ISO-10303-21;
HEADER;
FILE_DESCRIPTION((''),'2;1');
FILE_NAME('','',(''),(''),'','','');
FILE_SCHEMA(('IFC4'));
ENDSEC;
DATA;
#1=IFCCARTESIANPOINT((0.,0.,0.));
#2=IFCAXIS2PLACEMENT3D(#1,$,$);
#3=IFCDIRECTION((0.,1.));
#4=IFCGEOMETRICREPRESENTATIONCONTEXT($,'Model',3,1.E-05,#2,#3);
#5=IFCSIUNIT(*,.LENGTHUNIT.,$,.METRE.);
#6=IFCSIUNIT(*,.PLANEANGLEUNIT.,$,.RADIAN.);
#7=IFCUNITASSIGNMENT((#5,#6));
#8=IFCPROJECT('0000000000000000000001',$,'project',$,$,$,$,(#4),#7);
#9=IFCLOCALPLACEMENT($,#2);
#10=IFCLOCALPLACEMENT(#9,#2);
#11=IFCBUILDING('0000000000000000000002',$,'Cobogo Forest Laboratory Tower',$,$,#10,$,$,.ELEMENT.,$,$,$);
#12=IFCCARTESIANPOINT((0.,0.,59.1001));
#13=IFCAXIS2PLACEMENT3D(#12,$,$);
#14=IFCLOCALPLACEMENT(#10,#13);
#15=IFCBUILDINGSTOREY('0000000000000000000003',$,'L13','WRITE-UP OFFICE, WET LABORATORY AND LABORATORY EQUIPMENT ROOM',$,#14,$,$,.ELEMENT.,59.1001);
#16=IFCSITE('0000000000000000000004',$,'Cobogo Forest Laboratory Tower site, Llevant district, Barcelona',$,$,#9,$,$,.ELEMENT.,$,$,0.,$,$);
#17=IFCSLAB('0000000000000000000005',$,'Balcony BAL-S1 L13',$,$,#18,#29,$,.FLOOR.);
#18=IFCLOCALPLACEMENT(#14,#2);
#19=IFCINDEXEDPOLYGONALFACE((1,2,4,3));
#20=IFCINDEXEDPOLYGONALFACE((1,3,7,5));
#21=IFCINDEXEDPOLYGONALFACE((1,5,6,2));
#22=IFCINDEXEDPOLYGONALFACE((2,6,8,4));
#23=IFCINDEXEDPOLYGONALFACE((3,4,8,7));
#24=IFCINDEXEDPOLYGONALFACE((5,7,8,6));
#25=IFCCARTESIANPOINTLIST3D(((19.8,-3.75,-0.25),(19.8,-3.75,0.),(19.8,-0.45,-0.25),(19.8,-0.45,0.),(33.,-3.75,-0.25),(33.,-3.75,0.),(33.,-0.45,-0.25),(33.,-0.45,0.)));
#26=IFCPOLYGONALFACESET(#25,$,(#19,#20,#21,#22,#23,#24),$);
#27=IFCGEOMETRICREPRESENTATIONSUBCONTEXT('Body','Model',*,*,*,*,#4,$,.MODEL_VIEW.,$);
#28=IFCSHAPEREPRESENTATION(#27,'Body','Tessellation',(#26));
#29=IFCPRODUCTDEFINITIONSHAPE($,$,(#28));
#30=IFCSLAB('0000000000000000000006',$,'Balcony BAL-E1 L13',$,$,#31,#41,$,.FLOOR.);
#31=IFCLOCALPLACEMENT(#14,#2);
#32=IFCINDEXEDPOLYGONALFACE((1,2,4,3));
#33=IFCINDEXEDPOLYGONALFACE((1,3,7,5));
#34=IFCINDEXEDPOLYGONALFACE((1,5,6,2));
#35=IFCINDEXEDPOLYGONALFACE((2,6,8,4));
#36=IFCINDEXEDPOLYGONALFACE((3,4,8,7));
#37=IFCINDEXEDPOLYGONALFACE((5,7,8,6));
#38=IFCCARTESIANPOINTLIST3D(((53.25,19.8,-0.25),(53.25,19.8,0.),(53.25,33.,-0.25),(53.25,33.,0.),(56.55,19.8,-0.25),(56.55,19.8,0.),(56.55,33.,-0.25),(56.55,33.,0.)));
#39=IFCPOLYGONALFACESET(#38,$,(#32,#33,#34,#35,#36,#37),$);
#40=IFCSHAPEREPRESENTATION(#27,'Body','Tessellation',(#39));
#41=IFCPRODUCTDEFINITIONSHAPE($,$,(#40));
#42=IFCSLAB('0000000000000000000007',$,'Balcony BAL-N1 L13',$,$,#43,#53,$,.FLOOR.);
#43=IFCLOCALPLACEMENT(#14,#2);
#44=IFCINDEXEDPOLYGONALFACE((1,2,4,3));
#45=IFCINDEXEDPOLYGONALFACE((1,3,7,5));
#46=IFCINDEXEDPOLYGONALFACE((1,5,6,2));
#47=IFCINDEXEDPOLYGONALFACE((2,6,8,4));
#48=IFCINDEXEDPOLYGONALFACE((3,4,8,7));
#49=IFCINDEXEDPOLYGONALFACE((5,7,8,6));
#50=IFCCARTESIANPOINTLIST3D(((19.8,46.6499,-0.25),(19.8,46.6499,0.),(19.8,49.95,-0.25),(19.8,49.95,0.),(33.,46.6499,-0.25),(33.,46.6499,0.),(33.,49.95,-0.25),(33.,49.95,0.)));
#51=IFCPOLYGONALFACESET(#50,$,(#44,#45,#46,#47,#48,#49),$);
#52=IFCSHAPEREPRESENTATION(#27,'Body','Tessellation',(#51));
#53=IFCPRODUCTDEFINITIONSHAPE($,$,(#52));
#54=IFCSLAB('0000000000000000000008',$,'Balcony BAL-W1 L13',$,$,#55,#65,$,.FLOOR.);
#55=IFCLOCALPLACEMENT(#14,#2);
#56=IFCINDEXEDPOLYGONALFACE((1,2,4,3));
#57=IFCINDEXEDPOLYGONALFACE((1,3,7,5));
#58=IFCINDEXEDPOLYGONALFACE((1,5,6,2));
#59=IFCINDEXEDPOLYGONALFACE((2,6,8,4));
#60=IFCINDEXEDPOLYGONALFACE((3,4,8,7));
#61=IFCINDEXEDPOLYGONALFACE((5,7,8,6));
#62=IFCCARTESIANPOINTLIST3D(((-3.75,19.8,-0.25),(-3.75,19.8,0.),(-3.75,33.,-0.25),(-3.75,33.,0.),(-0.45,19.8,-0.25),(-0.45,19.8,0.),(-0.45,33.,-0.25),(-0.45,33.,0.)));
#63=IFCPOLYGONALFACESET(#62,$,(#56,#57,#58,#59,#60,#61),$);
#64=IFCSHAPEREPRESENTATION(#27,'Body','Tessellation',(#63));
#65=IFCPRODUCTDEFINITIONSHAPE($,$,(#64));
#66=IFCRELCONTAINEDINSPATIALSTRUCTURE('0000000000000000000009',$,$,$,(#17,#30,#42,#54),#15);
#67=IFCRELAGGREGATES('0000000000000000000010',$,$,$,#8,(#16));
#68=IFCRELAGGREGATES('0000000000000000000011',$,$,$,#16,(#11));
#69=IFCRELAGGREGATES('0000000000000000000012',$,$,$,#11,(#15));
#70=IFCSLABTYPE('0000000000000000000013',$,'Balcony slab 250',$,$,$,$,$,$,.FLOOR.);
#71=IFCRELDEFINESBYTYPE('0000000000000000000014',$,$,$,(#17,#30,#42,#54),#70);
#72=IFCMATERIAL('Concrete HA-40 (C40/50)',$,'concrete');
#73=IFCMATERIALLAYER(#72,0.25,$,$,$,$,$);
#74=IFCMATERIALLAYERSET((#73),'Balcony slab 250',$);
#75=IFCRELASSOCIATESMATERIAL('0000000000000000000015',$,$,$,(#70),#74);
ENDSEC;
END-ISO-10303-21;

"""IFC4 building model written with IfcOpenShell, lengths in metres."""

from ifc_helpers import new_model, si_unit, direction, frame, origin, place, context, subcontext, project, spatial, polyline, outline, extrude, material, layer, layer_set, type_object, element, save


model = new_model("IFC4")

# Units and contexts
model_context = context("Model", 3, precision=1e-05, world=origin(), true_north=direction((0.0, 1.0)))
body_context = subcontext(model_context, "Body", "Model", "MODEL_VIEW")
ifc_project = project(units=[si_unit("LENGTHUNIT", "METRE"), si_unit("PLANEANGLEUNIT", "RADIAN")], contexts=[model_context])

# Site, building, storey
site_placement = place(None, origin())
site = spatial("IfcSite", under=ifc_project, at=site_placement, Name="Cobogo Forest Laboratory Tower site, Llevant district, Barcelona", CompositionType="ELEMENT", RefElevation=0.0)
building_placement = place(site_placement, origin())
building = spatial("IfcBuilding", under=site, at=building_placement, Name="Cobogo Forest Laboratory Tower", CompositionType="ELEMENT")
storey_placement = place(building_placement, frame((0.0, 0.0, 59.1001)))
storey = spatial("IfcBuildingStorey", under=building, at=storey_placement, Name="L13", Description="WRITE-UP OFFICE, WET LABORATORY AND LABORATORY EQUIPMENT ROOM", CompositionType="ELEMENT", Elevation=59.1001)

# Slabs
ifc_material_1 = material(Name="Concrete HA-40 (C40/50)", Category="concrete")
ifc_layer_1 = layer(ifc_material_1, 0.25)
ifc_layer_set_1 = layer_set([ifc_layer_1], Name="Balcony slab 250")
slab_type_1 = type_object("IfcSlabType", Name="Balcony slab 250", PredefinedType="FLOOR", material=ifc_layer_set_1)
slab_1_placement = place(storey_placement, frame((0.0, 0.0, -0.25)))
element("IfcSlab", 1, at=slab_1_placement, inside=storey, type_object=slab_type_1, Name="Balcony BAL-S1 L13", PredefinedType="FLOOR", context=body_context, shape_type="SweptSolid", body=[
    extrude(outline(polyline([(19.8, -3.75), (33.0, -3.75), (33.0, -0.45), (19.8, -0.45), (19.8, -3.75)])), origin(), (0.0, 0.0, 1.0), 0.25),
])
slab_2_placement = place(storey_placement, frame((0.0, 0.0, -0.25)))
element("IfcSlab", 2, at=slab_2_placement, inside=storey, type_object=slab_type_1, Name="Balcony BAL-E1 L13", PredefinedType="FLOOR", context=body_context, shape_type="SweptSolid", body=[
    extrude(outline(polyline([(53.25, 19.8), (56.55, 19.8), (56.55, 33.0), (53.25, 33.0), (53.25, 19.8)])), origin(), (0.0, 0.0, 1.0), 0.25),
])
slab_3_placement = place(storey_placement, frame((0.0, 0.0, -0.25)))
element("IfcSlab", 3, at=slab_3_placement, inside=storey, type_object=slab_type_1, Name="Balcony BAL-N1 L13", PredefinedType="FLOOR", context=body_context, shape_type="SweptSolid", body=[
    extrude(outline(polyline([(19.8, 46.6499), (33.0, 46.6499), (33.0, 49.95), (19.8, 49.95), (19.8, 46.6499)])), origin(), (0.0, 0.0, 1.0), 0.25),
])
slab_4_placement = place(storey_placement, frame((0.0, 0.0, -0.25)))
element("IfcSlab", 4, at=slab_4_placement, inside=storey, type_object=slab_type_1, Name="Balcony BAL-W1 L13", PredefinedType="FLOOR", context=body_context, shape_type="SweptSolid", body=[
    extrude(outline(polyline([(-3.75, 19.8), (-0.45, 19.8), (-0.45, 33.0), (-3.75, 33.0), (-3.75, 19.8)])), origin(), (0.0, 0.0, 1.0), 0.25),
])

save(model, "model.ifc")
